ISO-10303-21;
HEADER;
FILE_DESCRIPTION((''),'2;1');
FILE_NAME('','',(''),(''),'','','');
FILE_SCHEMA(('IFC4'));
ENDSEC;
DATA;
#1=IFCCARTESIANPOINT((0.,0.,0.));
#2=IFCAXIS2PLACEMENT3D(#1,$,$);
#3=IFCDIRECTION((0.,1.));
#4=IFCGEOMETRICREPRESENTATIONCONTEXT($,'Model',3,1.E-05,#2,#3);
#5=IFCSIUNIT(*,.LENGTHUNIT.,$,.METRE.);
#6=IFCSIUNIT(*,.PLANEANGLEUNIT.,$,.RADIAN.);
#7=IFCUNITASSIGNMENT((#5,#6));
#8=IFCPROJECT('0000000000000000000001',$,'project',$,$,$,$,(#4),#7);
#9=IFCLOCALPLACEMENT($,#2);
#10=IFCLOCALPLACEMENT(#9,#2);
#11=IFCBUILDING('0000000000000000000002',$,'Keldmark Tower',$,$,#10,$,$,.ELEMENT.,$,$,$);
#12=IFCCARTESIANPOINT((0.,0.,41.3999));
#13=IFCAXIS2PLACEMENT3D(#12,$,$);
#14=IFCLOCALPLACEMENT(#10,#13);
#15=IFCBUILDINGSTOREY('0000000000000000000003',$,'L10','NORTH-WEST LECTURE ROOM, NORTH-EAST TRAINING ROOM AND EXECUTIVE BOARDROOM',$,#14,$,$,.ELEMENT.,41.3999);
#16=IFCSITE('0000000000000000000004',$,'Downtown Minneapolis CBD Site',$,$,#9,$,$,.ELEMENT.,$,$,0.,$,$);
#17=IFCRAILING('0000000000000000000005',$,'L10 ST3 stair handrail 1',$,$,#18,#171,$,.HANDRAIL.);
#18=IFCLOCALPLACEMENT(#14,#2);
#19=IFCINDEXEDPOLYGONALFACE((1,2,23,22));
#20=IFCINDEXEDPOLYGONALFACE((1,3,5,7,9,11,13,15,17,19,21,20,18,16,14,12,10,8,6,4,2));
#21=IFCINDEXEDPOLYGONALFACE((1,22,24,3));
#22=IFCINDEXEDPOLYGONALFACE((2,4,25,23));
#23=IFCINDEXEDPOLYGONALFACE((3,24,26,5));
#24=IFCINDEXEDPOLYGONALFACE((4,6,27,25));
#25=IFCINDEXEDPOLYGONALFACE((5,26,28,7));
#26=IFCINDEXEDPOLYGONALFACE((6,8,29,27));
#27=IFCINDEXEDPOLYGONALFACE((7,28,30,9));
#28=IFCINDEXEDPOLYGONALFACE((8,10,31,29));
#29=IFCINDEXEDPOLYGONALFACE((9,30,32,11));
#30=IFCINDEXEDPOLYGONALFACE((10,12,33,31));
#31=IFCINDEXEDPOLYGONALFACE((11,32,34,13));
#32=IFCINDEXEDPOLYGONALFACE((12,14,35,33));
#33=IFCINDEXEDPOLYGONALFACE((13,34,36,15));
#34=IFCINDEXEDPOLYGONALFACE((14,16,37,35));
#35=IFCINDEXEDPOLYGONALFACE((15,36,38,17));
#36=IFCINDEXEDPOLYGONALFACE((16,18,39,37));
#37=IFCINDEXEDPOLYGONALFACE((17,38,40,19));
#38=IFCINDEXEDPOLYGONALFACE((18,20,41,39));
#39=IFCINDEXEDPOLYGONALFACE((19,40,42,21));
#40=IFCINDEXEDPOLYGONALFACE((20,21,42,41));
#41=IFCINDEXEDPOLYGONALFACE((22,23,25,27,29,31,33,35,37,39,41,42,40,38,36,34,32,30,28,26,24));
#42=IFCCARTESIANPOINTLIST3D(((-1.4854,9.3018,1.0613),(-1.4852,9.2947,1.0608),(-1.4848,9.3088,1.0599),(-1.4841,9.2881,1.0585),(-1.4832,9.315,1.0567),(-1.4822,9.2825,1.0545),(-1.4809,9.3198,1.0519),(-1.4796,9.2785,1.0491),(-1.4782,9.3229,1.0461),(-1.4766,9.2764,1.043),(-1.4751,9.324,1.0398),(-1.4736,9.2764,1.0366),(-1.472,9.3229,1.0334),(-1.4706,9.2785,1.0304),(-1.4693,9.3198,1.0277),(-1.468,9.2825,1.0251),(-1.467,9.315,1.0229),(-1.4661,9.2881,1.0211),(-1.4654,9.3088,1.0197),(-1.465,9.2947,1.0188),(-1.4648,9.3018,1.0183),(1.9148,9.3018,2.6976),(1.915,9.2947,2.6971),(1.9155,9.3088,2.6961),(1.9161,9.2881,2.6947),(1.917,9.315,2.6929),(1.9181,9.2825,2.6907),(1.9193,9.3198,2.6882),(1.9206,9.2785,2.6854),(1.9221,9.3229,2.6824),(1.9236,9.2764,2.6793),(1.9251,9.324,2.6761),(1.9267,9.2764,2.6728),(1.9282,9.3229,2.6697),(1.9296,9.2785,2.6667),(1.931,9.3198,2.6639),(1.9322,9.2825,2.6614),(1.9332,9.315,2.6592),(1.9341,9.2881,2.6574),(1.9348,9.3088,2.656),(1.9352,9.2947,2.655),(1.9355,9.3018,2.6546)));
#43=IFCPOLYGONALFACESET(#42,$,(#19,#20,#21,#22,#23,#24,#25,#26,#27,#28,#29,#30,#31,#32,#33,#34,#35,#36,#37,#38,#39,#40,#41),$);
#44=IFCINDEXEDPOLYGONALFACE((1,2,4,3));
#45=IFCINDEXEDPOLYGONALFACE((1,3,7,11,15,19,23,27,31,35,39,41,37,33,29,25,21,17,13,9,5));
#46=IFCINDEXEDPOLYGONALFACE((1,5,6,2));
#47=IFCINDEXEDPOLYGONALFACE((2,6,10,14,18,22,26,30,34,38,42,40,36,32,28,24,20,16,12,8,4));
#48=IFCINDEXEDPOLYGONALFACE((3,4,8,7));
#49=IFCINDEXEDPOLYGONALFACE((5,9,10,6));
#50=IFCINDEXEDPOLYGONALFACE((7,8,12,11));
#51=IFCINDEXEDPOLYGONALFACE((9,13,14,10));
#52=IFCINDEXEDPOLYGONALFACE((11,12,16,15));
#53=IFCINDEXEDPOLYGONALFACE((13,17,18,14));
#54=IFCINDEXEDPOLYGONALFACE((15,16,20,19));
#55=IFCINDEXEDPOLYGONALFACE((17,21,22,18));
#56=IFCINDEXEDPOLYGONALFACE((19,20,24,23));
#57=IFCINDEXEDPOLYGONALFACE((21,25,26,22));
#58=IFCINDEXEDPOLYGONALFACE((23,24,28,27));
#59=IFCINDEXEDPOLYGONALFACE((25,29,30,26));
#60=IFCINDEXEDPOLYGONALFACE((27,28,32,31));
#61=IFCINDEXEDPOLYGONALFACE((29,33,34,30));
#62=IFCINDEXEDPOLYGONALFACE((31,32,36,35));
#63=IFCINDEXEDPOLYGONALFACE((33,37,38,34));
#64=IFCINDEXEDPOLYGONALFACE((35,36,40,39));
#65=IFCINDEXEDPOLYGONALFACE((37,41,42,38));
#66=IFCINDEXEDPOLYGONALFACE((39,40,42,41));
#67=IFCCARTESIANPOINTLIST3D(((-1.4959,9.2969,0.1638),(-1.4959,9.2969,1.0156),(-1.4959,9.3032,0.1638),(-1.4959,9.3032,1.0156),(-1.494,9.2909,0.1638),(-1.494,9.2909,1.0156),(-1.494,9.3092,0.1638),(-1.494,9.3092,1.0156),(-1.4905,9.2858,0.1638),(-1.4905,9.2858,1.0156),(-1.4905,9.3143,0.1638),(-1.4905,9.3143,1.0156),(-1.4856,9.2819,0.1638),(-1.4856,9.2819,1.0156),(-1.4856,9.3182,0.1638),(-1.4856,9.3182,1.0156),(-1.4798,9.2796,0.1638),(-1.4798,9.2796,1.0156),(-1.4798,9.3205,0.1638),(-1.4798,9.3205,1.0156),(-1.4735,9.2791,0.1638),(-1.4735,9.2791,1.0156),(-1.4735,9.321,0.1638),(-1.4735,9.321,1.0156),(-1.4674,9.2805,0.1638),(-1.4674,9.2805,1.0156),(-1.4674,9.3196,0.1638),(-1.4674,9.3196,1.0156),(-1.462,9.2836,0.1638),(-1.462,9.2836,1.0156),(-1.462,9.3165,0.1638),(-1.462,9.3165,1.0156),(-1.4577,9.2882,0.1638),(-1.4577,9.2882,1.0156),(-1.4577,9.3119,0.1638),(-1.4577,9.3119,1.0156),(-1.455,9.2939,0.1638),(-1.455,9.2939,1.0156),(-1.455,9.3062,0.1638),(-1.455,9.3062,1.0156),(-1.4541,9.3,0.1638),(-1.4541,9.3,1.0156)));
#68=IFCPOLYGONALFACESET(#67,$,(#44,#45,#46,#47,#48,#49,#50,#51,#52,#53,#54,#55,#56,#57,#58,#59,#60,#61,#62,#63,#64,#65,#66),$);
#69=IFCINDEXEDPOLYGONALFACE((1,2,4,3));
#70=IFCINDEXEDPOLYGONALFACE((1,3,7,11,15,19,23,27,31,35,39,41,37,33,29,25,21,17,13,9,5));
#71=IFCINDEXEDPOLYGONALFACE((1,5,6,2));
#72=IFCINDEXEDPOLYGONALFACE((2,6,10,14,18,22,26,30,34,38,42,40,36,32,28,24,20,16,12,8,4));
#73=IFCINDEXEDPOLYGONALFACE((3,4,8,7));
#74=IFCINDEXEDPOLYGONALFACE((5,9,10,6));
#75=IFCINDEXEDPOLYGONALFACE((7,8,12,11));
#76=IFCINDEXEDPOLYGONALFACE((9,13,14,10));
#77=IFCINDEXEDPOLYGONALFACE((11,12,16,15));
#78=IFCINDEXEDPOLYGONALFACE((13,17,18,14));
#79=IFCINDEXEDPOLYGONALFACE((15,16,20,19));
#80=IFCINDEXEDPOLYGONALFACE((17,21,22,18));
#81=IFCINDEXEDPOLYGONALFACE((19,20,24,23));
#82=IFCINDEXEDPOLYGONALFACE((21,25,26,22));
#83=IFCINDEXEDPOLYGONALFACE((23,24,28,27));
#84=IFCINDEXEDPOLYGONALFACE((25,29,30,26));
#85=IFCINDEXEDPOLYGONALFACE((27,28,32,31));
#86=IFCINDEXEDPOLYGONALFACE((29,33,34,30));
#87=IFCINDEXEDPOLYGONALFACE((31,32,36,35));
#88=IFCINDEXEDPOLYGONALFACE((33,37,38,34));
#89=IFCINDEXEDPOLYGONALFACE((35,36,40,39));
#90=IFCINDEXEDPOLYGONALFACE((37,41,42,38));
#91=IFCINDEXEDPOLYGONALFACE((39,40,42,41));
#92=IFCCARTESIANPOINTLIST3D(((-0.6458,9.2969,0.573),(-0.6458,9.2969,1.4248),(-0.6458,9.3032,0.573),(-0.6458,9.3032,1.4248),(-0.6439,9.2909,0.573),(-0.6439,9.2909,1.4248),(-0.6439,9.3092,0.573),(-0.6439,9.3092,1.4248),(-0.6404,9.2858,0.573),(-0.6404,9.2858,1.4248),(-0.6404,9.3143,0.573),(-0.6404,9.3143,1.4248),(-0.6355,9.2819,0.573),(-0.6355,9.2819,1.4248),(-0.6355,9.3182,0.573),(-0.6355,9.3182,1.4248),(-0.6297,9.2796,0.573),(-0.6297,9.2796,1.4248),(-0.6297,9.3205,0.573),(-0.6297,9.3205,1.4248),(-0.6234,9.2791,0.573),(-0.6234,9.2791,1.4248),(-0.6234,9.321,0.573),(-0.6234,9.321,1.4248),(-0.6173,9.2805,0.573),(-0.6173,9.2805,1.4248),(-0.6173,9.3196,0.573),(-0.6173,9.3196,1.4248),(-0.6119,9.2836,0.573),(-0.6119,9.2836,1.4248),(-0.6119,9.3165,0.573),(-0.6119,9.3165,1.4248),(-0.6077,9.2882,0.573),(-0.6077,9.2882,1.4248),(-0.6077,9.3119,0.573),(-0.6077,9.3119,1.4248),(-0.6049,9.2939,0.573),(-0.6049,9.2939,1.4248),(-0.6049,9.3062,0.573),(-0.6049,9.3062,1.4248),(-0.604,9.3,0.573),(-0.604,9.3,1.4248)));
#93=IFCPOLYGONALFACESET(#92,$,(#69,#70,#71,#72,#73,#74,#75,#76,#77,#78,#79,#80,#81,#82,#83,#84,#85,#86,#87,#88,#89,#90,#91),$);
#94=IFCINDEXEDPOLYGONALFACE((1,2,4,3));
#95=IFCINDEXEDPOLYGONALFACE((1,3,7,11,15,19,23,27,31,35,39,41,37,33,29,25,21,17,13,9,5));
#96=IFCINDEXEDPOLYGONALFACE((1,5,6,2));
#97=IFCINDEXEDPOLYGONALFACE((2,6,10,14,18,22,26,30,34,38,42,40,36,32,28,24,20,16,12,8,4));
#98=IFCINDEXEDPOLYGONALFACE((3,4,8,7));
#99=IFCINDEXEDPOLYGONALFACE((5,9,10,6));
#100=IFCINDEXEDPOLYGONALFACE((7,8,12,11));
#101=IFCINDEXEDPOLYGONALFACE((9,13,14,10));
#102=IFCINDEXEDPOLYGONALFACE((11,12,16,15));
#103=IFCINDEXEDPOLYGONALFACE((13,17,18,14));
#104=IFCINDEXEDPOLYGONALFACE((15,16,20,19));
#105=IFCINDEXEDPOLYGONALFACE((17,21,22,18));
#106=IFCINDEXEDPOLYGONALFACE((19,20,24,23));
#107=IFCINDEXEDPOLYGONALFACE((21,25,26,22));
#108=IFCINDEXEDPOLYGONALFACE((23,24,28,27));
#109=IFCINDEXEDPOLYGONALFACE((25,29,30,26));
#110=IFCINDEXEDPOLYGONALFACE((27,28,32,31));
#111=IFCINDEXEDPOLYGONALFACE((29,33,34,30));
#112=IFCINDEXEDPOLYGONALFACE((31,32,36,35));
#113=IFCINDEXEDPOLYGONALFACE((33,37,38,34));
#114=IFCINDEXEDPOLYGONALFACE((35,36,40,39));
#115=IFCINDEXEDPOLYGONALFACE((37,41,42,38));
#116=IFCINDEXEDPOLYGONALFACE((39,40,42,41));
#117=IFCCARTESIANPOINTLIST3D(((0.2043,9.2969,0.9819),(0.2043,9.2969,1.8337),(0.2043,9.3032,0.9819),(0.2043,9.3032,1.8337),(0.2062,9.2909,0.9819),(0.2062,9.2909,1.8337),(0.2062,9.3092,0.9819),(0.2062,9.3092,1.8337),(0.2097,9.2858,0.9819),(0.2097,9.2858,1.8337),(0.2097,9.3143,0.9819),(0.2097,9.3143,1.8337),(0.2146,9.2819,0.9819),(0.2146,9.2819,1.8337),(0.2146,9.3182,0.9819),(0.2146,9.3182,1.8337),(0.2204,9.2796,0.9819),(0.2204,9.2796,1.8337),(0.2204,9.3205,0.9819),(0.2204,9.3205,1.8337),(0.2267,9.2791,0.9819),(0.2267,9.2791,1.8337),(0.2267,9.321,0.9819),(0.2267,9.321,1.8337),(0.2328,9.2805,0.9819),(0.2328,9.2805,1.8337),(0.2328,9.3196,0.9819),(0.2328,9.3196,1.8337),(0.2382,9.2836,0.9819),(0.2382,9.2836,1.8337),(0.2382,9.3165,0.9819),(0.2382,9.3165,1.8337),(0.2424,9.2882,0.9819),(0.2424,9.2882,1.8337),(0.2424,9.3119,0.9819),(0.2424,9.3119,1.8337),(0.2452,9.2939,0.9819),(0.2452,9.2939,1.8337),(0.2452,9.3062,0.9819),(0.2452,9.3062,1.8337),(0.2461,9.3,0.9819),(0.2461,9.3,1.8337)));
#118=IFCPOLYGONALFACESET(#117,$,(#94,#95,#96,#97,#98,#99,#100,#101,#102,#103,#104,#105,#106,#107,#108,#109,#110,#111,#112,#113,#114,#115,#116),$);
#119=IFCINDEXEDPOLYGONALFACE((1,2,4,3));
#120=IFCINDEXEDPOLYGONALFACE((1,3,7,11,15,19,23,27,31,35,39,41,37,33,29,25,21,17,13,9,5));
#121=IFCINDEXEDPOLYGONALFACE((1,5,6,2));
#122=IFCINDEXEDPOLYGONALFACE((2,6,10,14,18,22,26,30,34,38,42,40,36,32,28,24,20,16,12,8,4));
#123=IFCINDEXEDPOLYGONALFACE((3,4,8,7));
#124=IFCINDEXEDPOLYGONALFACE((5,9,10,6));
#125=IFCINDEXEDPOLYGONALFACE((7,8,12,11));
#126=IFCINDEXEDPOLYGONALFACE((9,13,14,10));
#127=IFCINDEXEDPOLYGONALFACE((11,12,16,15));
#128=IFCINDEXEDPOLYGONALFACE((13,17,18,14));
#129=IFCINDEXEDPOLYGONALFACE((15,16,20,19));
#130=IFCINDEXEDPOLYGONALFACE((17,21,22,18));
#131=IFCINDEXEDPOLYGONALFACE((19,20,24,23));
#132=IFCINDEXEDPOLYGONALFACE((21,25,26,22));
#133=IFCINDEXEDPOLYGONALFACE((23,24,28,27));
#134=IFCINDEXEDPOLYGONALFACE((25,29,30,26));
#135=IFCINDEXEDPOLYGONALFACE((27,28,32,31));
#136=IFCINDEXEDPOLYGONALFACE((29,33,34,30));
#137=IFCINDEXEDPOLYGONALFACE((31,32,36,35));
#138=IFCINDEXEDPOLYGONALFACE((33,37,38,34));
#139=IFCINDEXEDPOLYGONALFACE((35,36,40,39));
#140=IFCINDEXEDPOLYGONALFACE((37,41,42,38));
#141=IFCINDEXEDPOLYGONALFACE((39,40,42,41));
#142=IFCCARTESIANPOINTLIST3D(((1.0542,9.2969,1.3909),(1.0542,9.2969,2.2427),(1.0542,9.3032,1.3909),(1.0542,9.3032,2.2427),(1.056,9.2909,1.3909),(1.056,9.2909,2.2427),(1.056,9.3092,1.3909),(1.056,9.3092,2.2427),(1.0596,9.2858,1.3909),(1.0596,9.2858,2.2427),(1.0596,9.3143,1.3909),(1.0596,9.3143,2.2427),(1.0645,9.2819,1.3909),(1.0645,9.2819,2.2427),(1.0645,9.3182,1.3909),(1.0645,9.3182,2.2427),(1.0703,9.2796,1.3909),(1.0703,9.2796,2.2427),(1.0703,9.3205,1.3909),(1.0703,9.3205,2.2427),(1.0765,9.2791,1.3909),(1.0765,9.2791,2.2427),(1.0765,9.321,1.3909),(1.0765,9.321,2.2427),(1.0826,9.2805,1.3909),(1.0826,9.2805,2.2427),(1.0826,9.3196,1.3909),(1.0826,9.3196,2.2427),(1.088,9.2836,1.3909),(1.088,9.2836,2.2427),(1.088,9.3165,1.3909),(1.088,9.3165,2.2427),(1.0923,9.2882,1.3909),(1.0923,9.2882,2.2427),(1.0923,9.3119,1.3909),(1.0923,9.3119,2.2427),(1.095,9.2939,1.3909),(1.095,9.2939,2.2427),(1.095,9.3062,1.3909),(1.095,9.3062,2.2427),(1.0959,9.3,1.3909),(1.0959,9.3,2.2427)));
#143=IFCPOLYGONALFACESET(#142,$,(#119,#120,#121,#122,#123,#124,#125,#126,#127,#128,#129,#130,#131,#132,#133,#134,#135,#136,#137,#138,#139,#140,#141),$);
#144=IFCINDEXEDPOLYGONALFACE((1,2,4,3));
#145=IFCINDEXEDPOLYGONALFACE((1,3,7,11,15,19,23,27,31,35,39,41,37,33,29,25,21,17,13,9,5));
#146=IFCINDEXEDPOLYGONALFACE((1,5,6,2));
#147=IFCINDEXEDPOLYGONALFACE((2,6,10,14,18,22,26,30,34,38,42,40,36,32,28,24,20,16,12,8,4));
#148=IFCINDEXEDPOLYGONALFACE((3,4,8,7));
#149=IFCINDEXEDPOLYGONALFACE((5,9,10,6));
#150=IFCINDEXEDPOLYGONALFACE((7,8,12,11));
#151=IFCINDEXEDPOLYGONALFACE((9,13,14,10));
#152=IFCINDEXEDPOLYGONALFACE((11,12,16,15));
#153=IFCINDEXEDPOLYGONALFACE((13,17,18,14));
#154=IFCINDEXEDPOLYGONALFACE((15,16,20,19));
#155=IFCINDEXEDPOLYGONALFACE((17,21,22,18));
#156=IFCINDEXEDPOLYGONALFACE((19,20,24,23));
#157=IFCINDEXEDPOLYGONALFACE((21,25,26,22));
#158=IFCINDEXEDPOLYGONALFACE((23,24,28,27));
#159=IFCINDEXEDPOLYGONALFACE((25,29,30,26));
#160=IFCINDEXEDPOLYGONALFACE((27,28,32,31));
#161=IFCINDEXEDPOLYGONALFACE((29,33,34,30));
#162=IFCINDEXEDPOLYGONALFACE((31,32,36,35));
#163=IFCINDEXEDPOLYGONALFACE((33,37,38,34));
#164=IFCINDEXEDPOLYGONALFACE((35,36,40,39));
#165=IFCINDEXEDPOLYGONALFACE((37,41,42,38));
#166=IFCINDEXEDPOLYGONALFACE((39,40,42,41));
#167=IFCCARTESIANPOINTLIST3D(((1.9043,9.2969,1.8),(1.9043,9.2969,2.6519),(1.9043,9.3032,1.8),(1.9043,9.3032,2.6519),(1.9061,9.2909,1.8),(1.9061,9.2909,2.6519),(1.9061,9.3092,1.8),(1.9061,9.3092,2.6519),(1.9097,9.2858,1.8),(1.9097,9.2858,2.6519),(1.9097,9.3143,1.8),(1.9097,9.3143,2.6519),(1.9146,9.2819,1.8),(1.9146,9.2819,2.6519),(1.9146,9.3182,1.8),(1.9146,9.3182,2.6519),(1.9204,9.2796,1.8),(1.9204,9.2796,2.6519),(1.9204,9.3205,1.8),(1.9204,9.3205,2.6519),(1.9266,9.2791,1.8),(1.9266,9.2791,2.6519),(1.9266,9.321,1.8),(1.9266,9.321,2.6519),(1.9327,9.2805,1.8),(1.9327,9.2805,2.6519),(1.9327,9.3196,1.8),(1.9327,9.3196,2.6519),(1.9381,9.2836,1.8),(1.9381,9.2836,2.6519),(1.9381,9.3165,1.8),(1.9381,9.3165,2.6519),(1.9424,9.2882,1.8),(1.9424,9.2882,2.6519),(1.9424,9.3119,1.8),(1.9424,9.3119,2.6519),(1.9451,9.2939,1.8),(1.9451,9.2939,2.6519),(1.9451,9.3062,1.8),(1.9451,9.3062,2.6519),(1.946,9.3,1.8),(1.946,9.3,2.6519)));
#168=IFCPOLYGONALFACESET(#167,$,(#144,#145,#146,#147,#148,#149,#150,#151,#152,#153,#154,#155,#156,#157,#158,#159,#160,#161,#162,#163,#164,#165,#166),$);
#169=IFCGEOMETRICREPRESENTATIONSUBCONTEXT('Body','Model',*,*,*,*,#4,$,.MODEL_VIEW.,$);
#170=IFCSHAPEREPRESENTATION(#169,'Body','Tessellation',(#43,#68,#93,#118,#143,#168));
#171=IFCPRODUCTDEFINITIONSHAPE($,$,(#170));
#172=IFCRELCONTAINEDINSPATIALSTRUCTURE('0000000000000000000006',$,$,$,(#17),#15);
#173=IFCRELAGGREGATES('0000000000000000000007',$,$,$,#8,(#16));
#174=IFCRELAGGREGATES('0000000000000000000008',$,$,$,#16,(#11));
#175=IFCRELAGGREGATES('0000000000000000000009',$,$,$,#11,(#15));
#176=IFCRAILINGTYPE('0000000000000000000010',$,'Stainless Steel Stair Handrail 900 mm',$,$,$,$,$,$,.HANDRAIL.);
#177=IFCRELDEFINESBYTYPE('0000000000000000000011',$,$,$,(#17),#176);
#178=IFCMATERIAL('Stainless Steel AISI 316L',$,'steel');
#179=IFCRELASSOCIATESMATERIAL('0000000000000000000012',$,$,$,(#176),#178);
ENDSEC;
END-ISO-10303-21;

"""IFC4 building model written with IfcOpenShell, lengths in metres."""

from ifc_helpers import new_model, si_unit, direction, frame, origin, origin_2d, place, context, subcontext, project, spatial, circle, extrude, material, type_object, element, save


model = new_model("IFC4")

# Units and contexts
model_context = context("Model", 3, precision=1e-05, world=origin(), true_north=direction((0.0, 1.0)))
body_context = subcontext(model_context, "Body", "Model", "MODEL_VIEW")
ifc_project = project(units=[si_unit("LENGTHUNIT", "METRE"), si_unit("PLANEANGLEUNIT", "RADIAN")], contexts=[model_context])

# Site, building, storey
site_placement = place(None, origin())
site = spatial("IfcSite", under=ifc_project, at=site_placement, Name="Downtown Minneapolis CBD Site", CompositionType="ELEMENT", RefElevation=0.0)
building_placement = place(site_placement, origin())
building = spatial("IfcBuilding", under=site, at=building_placement, Name="Keldmark Tower", CompositionType="ELEMENT")
storey_placement = place(building_placement, frame((0.0, 0.0, 41.3999)))
storey = spatial("IfcBuildingStorey", under=building, at=storey_placement, Name="L10", Description="NORTH-WEST LECTURE ROOM, NORTH-EAST TRAINING ROOM AND EXECUTIVE BOARDROOM", CompositionType="ELEMENT", Elevation=41.3999)

# Railing
ifc_material_1 = material(Name="Stainless Steel AISI 316L", Category="steel")
railing_type_1 = type_object("IfcRailingType", Name="Stainless Steel Stair Handrail 900 mm", PredefinedType="HANDRAIL", material=ifc_material_1)
railing_1_placement = place(storey_placement, frame((-1.4751, 9.3, 0.1638)))
element("IfcRailing", 1, at=railing_1_placement, inside=storey, type_object=railing_type_1, Name="L10 ST3 stair handrail 1", PredefinedType="HANDRAIL", context=body_context, shape_type="SweptSolid", body=[
    extrude(circle(Radius=0.0239, at=origin_2d()), frame((0.0, 0.0, 0.876), z_axis=(0.901093, 0.0, 0.433627), x_axis=(0.0, 1.0, 0.0)), (0.0, 0.0, 1.0), 3.7734),
    extrude(circle(Radius=0.021, at=origin_2d()), origin(), (0.0, 0.0, 1.0), 0.8518),
    extrude(circle(Radius=0.021, at=origin_2d()), frame((0.8501, 0.0, 0.4092)), (0.0, 0.0, 1.0), 0.8518),
    extrude(circle(Radius=0.021, at=origin_2d()), frame((1.7002, 0.0, 0.8181)), (0.0, 0.0, 1.0), 0.8518),
    extrude(circle(Radius=0.021, at=origin_2d()), frame((2.55, 0.0, 1.2271)), (0.0, 0.0, 1.0), 0.8518),
    extrude(circle(Radius=0.021, at=origin_2d()), frame((3.4001, 0.0, 1.6362)), (0.0, 0.0, 1.0), 0.8518),
])

save(model, "model.ifc")
